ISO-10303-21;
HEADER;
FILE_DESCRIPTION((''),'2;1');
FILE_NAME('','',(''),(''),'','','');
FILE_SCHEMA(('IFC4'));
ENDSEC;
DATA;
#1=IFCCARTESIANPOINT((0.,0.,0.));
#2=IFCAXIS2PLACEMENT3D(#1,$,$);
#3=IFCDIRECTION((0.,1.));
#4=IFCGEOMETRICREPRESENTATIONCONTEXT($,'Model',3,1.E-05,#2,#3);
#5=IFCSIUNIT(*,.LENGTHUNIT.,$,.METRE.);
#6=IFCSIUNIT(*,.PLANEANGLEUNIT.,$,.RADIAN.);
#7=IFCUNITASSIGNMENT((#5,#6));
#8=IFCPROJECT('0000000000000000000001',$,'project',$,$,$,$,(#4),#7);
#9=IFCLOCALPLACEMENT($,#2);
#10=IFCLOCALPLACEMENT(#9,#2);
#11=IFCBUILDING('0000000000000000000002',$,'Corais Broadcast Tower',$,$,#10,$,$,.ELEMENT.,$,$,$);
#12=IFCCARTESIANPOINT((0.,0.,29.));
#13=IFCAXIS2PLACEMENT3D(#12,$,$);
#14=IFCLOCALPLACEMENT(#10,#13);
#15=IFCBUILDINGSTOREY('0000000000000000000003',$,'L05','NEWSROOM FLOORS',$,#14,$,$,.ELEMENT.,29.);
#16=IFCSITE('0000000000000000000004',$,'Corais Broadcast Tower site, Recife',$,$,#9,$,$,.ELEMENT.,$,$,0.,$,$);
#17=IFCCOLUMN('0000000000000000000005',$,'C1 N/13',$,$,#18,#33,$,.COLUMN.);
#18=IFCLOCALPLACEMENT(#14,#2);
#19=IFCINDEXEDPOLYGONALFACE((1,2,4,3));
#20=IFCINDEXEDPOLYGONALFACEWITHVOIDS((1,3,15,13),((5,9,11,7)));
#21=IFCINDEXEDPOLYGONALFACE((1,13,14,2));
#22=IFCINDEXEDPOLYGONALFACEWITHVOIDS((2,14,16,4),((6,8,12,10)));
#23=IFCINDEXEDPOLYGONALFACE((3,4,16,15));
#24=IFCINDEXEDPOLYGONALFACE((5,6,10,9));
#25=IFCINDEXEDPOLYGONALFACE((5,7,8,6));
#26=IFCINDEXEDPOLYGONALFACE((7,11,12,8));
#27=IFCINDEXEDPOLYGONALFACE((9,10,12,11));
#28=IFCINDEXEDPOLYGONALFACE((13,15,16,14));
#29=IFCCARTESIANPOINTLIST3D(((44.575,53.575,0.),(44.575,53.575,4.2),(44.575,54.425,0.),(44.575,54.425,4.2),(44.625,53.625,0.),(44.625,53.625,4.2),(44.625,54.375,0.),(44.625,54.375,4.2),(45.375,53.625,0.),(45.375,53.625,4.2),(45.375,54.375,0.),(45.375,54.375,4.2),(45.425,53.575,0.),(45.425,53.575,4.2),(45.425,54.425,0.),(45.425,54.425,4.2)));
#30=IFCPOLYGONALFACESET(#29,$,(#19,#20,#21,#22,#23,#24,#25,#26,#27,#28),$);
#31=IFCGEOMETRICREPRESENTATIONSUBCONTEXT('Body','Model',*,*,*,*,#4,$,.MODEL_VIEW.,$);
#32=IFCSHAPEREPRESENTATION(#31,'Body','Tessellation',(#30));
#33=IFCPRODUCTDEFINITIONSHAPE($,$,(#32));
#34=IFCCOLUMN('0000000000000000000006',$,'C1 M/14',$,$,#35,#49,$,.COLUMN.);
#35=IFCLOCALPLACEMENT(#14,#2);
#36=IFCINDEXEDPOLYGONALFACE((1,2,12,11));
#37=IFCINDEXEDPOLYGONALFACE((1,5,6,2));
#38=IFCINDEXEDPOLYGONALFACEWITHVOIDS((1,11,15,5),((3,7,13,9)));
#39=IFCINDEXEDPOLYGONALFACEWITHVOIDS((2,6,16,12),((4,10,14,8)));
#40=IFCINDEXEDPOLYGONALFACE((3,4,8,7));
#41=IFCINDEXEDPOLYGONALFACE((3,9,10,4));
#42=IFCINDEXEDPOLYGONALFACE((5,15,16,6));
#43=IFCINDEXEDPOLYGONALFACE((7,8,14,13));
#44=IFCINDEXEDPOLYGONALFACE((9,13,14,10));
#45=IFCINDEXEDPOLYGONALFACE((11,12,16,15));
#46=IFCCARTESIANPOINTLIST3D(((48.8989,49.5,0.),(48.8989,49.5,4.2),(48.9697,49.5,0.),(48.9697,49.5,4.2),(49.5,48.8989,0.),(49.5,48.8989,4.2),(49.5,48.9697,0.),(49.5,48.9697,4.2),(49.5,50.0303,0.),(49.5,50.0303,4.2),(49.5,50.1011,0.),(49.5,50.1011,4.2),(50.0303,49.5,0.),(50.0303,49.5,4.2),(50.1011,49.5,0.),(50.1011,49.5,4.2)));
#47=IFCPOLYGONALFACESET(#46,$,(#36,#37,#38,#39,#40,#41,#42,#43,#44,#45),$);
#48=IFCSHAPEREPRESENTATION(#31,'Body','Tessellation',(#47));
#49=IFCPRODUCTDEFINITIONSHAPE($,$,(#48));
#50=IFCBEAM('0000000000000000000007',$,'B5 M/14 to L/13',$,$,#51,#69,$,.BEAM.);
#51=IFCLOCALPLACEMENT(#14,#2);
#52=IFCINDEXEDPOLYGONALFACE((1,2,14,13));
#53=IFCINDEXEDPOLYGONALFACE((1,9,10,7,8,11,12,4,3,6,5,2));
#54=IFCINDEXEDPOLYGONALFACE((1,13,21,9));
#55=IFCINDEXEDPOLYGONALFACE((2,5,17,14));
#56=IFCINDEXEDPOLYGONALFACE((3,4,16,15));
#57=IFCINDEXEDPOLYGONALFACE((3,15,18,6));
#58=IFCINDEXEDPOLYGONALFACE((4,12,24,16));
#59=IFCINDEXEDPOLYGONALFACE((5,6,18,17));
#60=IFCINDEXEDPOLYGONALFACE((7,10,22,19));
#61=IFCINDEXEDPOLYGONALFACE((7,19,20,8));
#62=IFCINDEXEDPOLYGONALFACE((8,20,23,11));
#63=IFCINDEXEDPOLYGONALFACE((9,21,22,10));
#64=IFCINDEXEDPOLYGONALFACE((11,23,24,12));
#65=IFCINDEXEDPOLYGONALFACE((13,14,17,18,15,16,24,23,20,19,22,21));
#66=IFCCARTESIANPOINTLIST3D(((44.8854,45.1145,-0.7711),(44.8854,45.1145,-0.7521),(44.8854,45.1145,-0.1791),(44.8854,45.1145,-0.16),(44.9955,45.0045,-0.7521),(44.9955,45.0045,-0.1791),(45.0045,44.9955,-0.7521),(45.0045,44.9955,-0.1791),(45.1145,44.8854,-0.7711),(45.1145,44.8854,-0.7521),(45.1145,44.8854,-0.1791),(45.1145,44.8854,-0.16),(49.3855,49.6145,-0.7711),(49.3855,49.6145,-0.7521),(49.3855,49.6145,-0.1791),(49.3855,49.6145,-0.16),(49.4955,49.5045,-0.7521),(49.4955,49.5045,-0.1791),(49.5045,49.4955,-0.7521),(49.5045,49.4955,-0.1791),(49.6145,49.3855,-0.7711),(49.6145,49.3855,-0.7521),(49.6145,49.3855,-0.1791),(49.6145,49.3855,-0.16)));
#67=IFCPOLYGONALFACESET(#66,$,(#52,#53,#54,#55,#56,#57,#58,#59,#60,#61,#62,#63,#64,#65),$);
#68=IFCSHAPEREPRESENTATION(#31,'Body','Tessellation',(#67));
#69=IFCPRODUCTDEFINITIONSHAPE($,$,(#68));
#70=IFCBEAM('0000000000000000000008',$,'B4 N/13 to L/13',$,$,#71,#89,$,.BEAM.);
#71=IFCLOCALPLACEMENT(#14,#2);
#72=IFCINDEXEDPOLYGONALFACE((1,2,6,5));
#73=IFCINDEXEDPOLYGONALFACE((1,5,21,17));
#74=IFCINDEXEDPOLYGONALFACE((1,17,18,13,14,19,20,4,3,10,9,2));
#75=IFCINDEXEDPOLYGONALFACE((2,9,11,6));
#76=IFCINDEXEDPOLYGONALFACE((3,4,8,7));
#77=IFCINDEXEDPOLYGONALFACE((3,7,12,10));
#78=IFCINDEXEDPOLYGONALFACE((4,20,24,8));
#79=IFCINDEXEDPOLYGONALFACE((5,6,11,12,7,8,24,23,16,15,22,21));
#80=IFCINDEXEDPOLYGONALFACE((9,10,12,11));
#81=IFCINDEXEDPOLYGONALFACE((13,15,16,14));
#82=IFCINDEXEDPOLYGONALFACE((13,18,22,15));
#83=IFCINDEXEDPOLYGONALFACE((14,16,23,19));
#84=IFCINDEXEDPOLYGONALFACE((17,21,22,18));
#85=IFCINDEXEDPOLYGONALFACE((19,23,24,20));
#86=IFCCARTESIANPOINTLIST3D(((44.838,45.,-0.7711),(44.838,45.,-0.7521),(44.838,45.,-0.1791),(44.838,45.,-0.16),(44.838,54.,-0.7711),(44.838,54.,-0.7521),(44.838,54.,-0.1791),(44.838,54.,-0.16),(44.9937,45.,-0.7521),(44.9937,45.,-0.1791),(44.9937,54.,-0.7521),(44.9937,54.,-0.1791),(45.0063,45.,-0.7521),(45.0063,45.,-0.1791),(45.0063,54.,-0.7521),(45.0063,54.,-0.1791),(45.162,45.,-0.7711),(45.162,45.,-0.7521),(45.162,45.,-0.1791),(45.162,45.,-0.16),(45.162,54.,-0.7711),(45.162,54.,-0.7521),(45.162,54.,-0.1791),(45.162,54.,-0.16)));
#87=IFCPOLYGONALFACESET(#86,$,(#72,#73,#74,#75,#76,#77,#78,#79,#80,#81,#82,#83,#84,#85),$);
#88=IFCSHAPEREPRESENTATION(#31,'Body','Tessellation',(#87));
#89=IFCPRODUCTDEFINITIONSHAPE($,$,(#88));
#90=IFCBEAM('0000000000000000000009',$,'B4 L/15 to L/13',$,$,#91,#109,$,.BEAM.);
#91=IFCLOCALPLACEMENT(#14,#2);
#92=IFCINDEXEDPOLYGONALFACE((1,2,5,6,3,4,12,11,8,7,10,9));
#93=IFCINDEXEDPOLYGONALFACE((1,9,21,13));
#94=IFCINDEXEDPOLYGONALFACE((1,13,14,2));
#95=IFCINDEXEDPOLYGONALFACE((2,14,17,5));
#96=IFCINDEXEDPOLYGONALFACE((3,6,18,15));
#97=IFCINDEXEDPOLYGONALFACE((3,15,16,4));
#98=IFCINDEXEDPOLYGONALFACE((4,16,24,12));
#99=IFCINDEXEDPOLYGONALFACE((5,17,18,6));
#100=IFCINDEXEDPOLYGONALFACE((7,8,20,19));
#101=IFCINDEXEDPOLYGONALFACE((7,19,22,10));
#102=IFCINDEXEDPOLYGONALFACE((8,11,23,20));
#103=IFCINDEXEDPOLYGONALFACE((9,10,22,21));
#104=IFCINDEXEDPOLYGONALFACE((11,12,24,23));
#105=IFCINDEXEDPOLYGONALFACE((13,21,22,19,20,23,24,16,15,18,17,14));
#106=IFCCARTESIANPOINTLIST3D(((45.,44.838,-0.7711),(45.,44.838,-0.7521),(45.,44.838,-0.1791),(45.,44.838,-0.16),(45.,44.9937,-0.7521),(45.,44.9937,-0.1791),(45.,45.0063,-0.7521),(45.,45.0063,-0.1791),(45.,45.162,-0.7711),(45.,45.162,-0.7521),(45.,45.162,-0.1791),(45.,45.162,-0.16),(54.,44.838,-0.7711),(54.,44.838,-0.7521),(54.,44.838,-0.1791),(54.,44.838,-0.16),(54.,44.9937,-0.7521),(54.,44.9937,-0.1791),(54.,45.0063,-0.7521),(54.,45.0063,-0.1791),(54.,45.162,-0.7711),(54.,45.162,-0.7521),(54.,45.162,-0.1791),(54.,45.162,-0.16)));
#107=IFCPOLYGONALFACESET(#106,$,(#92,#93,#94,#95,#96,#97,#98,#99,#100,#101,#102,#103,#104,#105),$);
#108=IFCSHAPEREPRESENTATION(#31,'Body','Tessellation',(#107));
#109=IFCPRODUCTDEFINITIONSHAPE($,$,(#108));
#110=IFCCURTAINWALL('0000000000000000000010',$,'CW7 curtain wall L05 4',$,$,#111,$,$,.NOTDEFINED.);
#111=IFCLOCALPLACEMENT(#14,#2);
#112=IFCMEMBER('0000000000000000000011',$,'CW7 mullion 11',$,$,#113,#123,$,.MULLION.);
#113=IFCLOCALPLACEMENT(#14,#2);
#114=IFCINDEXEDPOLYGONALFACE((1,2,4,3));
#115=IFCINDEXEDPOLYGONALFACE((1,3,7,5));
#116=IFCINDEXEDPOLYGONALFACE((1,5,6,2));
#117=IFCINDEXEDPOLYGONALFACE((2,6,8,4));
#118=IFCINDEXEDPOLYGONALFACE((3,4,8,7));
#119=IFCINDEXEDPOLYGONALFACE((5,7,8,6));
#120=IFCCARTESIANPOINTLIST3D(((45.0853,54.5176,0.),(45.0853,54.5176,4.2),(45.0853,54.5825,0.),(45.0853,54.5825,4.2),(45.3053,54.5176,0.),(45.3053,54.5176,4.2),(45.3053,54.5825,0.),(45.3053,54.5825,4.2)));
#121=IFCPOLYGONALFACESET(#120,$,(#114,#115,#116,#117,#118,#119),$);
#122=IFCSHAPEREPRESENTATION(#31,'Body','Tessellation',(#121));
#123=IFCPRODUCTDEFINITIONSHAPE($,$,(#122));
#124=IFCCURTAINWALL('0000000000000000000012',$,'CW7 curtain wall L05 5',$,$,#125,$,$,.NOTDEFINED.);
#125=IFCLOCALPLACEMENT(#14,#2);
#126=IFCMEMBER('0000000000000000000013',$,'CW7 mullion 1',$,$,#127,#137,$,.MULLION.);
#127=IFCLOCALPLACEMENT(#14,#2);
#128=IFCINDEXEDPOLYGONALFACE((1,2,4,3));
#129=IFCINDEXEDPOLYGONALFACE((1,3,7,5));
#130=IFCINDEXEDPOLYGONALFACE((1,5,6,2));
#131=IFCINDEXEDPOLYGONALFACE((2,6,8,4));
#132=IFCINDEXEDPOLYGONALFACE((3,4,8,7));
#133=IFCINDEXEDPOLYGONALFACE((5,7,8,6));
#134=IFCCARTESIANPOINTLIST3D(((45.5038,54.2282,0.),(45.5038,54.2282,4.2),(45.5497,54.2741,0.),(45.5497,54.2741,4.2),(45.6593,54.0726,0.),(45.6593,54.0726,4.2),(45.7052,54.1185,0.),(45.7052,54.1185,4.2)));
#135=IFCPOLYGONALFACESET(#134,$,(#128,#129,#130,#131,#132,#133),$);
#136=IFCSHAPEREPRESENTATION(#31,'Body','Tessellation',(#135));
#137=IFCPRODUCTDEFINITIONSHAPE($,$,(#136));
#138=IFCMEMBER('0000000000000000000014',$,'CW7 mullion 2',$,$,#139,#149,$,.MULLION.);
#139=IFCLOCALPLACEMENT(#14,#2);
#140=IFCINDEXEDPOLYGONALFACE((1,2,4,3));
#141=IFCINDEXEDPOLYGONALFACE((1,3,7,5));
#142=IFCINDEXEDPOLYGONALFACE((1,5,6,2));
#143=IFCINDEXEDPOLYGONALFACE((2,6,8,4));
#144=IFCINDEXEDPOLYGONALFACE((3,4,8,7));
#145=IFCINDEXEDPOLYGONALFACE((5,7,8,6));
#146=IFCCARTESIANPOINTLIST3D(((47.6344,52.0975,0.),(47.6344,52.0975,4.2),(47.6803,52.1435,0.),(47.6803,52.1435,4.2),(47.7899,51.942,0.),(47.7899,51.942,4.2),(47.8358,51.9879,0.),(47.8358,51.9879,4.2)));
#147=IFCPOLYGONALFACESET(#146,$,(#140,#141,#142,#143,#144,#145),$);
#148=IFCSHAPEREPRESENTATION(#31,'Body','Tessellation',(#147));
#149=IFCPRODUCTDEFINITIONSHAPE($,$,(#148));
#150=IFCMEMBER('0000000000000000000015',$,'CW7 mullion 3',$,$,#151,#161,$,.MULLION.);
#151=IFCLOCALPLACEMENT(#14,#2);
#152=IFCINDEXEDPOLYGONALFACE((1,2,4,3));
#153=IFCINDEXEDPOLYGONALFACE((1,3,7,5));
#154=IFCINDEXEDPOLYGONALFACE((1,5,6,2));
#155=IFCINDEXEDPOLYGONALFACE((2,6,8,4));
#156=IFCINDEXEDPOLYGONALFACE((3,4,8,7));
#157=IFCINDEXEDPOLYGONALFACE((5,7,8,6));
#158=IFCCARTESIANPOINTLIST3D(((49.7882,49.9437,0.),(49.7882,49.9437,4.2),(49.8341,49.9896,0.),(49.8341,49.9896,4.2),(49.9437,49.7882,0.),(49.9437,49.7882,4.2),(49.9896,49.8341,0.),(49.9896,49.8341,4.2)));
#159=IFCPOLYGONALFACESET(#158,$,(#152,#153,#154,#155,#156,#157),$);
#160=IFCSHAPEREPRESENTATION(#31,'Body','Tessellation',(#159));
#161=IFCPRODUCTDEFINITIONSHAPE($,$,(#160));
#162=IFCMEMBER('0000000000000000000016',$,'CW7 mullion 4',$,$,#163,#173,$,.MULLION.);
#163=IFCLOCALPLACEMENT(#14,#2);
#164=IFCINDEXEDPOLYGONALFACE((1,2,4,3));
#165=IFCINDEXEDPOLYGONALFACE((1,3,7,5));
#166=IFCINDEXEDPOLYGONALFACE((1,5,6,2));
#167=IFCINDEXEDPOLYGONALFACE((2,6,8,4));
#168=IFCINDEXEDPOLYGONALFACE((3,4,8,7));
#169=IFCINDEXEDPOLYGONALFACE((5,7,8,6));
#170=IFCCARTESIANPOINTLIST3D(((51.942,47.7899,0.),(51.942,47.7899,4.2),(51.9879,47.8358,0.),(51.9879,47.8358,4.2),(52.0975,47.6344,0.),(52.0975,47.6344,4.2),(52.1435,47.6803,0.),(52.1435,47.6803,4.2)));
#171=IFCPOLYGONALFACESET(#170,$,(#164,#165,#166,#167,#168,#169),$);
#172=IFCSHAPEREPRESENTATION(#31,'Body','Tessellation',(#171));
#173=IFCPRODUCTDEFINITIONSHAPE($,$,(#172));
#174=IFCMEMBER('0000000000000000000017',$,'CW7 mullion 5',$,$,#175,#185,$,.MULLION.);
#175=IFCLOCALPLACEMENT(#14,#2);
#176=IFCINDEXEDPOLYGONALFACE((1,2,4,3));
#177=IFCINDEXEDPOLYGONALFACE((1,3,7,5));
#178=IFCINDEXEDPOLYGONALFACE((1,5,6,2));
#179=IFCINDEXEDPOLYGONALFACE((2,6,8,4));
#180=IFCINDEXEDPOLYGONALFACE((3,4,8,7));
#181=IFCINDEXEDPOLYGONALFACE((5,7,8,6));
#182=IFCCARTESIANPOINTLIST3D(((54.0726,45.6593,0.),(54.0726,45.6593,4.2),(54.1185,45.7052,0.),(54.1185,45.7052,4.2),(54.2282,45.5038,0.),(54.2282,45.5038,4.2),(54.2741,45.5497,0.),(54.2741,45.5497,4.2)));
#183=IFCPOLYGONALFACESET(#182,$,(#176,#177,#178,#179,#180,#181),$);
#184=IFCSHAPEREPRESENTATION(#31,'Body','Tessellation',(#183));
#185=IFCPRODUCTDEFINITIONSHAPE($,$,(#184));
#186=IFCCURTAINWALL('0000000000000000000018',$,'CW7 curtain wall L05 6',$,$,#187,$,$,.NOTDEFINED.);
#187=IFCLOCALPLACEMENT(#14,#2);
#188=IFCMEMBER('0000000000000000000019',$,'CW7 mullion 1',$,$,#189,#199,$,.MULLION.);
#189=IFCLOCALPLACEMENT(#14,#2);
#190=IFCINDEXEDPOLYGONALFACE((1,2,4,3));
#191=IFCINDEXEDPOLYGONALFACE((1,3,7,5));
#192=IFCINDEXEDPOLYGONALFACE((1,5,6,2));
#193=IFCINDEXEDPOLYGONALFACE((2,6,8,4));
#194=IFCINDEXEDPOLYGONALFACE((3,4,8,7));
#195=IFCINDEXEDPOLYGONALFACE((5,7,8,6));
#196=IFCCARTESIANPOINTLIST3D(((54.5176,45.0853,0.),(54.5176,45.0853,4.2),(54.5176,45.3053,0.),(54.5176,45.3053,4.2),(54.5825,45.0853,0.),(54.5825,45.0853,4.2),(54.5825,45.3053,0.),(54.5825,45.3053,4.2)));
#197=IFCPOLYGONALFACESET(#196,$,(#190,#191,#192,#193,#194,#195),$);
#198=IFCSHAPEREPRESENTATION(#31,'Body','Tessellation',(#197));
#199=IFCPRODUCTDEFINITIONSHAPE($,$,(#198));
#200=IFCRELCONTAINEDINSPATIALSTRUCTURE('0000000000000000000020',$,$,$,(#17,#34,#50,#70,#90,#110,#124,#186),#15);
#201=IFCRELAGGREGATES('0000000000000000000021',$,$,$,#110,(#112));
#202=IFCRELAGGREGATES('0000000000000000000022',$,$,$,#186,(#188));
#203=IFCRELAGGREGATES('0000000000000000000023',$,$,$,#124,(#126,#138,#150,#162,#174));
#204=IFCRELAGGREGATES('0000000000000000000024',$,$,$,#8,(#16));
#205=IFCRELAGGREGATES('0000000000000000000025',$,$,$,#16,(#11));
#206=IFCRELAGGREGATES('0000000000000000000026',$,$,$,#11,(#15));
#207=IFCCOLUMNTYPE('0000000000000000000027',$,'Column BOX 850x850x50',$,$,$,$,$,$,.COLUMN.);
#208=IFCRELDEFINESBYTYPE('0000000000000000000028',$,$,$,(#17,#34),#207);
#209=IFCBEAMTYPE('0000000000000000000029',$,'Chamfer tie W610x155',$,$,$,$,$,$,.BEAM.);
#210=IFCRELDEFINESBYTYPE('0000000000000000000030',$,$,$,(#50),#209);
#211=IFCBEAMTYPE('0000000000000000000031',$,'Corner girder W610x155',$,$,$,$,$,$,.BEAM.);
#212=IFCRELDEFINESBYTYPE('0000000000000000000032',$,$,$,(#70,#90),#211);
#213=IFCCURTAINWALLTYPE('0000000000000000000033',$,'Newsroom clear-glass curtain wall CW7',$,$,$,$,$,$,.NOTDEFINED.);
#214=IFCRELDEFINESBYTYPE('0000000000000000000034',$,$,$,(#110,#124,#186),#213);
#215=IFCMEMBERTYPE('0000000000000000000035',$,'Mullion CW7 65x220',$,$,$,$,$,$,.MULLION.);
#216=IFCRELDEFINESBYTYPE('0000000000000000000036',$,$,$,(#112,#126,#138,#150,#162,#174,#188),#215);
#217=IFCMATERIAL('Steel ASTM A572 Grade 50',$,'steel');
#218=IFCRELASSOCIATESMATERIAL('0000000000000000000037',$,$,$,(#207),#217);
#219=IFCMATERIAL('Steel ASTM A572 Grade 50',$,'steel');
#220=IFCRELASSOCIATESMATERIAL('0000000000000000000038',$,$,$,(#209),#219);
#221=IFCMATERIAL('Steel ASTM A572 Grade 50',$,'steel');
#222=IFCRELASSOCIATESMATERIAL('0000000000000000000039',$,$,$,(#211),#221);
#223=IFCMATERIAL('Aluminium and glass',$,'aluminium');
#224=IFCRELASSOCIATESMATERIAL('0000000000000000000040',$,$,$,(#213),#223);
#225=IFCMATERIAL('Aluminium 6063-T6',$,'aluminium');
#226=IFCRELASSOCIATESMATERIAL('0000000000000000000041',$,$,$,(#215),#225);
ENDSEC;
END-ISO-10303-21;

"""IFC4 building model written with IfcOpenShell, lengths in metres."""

from ifc_helpers import new_model, si_unit, direction, frame, origin, origin_2d, place, context, subcontext, project, spatial, rectangle, hollow_rectangle, i_section, extrude, material, material_profile, profile_set, type_object, element, aggregate, save


model = new_model("IFC4")

# Units and contexts
model_context = context("Model", 3, precision=1e-05, world=origin(), true_north=direction((0.0, 1.0)))
body_context = subcontext(model_context, "Body", "Model", "MODEL_VIEW")
ifc_project = project(units=[si_unit("LENGTHUNIT", "METRE"), si_unit("PLANEANGLEUNIT", "RADIAN")], contexts=[model_context])

# Site, building, storey
site_placement = place(None, origin())
site = spatial("IfcSite", under=ifc_project, at=site_placement, Name="Corais Broadcast Tower site, Recife", CompositionType="ELEMENT", RefElevation=0.0)
building_placement = place(site_placement, origin())
building = spatial("IfcBuilding", under=site, at=building_placement, Name="Corais Broadcast Tower", CompositionType="ELEMENT")
storey_placement = place(building_placement, frame((0.0, 0.0, 29.0)))
storey = spatial("IfcBuildingStorey", under=building, at=storey_placement, Name="L05", Description="NEWSROOM FLOORS", CompositionType="ELEMENT", Elevation=29.0)

# Columns
ifc_material_1 = material(Name="Steel ASTM A572 Grade 50", Category="steel")
ifc_material_profile_1 = material_profile(ifc_material_1, hollow_rectangle(XDim=0.8501, YDim=0.8501, WallThickness=0.05, at=origin_2d()), Name="BOX 850x850x50")
ifc_profile_set_1 = profile_set([ifc_material_profile_1], Name="Steel ASTM A572 Grade 50")
column_type = type_object("IfcColumnType", Name="Column BOX 850x850x50", PredefinedType="COLUMN", material=ifc_profile_set_1)
for number, where, z_axis, x_axis, name in (
    (1, (45.0, 54.0, 0.0), (0.0, 0.0, 1.0), (1.0, 0.0, 0.0), "C1 N/13"),
    (2, (49.5, 49.5, 0.0), (0.0, 0.0, 1.0), (0.707107, 0.707107, 0.0), "C1 M/14"),
):
    element("IfcColumn", number, at=place(storey_placement, frame(where, z_axis=z_axis, x_axis=x_axis)), inside=storey, type_object=column_type, Name=name, PredefinedType="COLUMN", context=body_context, shape_type="SweptSolid", body=[
        extrude(hollow_rectangle(XDim=0.8501, YDim=0.8501, WallThickness=0.05, at=origin_2d()), origin(), (0.0, 0.0, 1.0), 4.2),
    ])

# Beams
ifc_material_2 = material(Name="Steel ASTM A572 Grade 50", Category="steel")
ifc_material_profile_2 = material_profile(ifc_material_2, i_section(OverallWidth=0.324, OverallDepth=0.6111, WebThickness=0.0127, FlangeThickness=0.019, at=origin_2d()), Name="W610x155")
ifc_profile_set_2 = profile_set([ifc_material_profile_2], Name="Steel ASTM A572 Grade 50")
beam_type_1 = type_object("IfcBeamType", Name="Chamfer tie W610x155", PredefinedType="BEAM", material=ifc_profile_set_2)
beam_1_placement = place(storey_placement, frame((49.5, 49.5, -0.4656), z_axis=(-0.707107, -0.707107, 0.0), x_axis=(0.707107, -0.707107, 0.0)))
element("IfcBeam", 3, at=beam_1_placement, inside=storey, type_object=beam_type_1, Name="B5 M/14 to L/13", PredefinedType="BEAM", context=body_context, shape_type="SweptSolid", body=[
    extrude(i_section(OverallWidth=0.324, OverallDepth=0.6111, WebThickness=0.0127, FlangeThickness=0.019, at=origin_2d()), origin(), (0.0, 0.0, 1.0), 6.364),
])
ifc_material_3 = material(Name="Steel ASTM A572 Grade 50", Category="steel")
ifc_material_profile_3 = material_profile(ifc_material_3, i_section(OverallWidth=0.324, OverallDepth=0.6111, WebThickness=0.0127, FlangeThickness=0.019, at=origin_2d()), Name="W610x155")
ifc_profile_set_3 = profile_set([ifc_material_profile_3], Name="Steel ASTM A572 Grade 50")
beam_type_2 = type_object("IfcBeamType", Name="Corner girder W610x155", PredefinedType="BEAM", material=ifc_profile_set_3)
for number, where, z_axis, x_axis, name in (
    (4, (45.0, 54.0, -0.4656), (0.0, -1.0, 0.0), (1.0, 0.0, 0.0), "B4 N/13 to L/13"),
    (5, (54.0, 45.0, -0.4656), (-1.0, 0.0, 0.0), (0.0, -1.0, 0.0), "B4 L/15 to L/13"),
):
    element("IfcBeam", number, at=place(storey_placement, frame(where, z_axis=z_axis, x_axis=x_axis)), inside=storey, type_object=beam_type_2, Name=name, PredefinedType="BEAM", context=body_context, shape_type="SweptSolid", body=[
        extrude(i_section(OverallWidth=0.324, OverallDepth=0.6111, WebThickness=0.0127, FlangeThickness=0.019, at=origin_2d()), origin(), (0.0, 0.0, 1.0), 9.0),
    ])

# Curtain wall, member
ifc_material_4 = material(Name="Aluminium and glass", Category="aluminium")
curtain_wall_type = type_object("IfcCurtainWallType", Name="Newsroom clear-glass curtain wall CW7", PredefinedType="NOTDEFINED", material=ifc_material_4)
curtain_wall_1_placement = place(storey_placement, origin())
curtain_wall_1 = element("IfcCurtainWall", 6, at=curtain_wall_1_placement, inside=storey, type_object=curtain_wall_type, Name="CW7 curtain wall L05 4", PredefinedType="NOTDEFINED")
ifc_material_5 = material(Name="Aluminium 6063-T6", Category="aluminium")
ifc_material_profile_4 = material_profile(ifc_material_5, rectangle(XDim=0.0649, YDim=0.22, at=origin_2d()), Name="Mullion CW7 65x220")
ifc_profile_set_4 = profile_set([ifc_material_profile_4], Name="Aluminium 6063-T6")
member_type_1 = type_object("IfcMemberType", Name="Mullion CW7 65x220", PredefinedType="MULLION", material=ifc_profile_set_4)
member_1_placement = place(storey_placement, frame((45.1953, 54.55, 0.0), z_axis=(0.0, 0.0, 1.0), x_axis=(0.0, 1.0, 0.0)))
member_1 = element("IfcMember", 7, at=member_1_placement, type_object=member_type_1, Name="CW7 mullion 11", PredefinedType="MULLION", context=body_context, shape_type="SweptSolid", body=[
    extrude(rectangle(XDim=0.0649, YDim=0.22, at=origin_2d()), origin(), (0.0, 0.0, 1.0), 4.2),
])
aggregate(curtain_wall_1, [member_1])

# Curtain wall, members
curtain_wall_2_placement = place(storey_placement, origin())
curtain_wall_2 = element("IfcCurtainWall", 8, at=curtain_wall_2_placement, inside=storey, type_object=curtain_wall_type, Name="CW7 curtain wall L05 5", PredefinedType="NOTDEFINED")
member_2_placement = place(storey_placement, frame((45.6045, 54.1733, 0.0), z_axis=(0.0, 0.0, 1.0), x_axis=(0.707107, 0.707107, 0.0)))
member_2 = element("IfcMember", 9, at=member_2_placement, type_object=member_type_1, Name="CW7 mullion 1", PredefinedType="MULLION", context=body_context, shape_type="SweptSolid", body=[
    extrude(rectangle(XDim=0.0649, YDim=0.22, at=origin_2d()), origin(), (0.0, 0.0, 1.0), 4.2),
])
member_3_placement = place(storey_placement, frame((47.7351, 52.0427, 0.0), z_axis=(0.0, 0.0, 1.0), x_axis=(0.707107, 0.707107, 0.0)))
member_3 = element("IfcMember", 10, at=member_3_placement, type_object=member_type_1, Name="CW7 mullion 2", PredefinedType="MULLION", context=body_context, shape_type="SweptSolid", body=[
    extrude(rectangle(XDim=0.0649, YDim=0.22, at=origin_2d()), origin(), (0.0, 0.0, 1.0), 4.2),
])
member_4_placement = place(storey_placement, frame((49.8889, 49.8889, 0.0), z_axis=(0.0, 0.0, 1.0), x_axis=(0.707107, 0.707107, 0.0)))
member_4 = element("IfcMember", 11, at=member_4_placement, type_object=member_type_1, Name="CW7 mullion 3", PredefinedType="MULLION", context=body_context, shape_type="SweptSolid", body=[
    extrude(rectangle(XDim=0.0649, YDim=0.22, at=origin_2d()), origin(), (0.0, 0.0, 1.0), 4.2),
])
member_5_placement = place(storey_placement, frame((52.0427, 47.7351, 0.0), z_axis=(0.0, 0.0, 1.0), x_axis=(0.707107, 0.707107, 0.0)))
member_5 = element("IfcMember", 12, at=member_5_placement, type_object=member_type_1, Name="CW7 mullion 4", PredefinedType="MULLION", context=body_context, shape_type="SweptSolid", body=[
    extrude(rectangle(XDim=0.0649, YDim=0.22, at=origin_2d()), origin(), (0.0, 0.0, 1.0), 4.2),
])
member_6_placement = place(storey_placement, frame((54.1733, 45.6045, 0.0), z_axis=(0.0, 0.0, 1.0), x_axis=(0.707107, 0.707107, 0.0)))
member_6 = element("IfcMember", 13, at=member_6_placement, type_object=member_type_1, Name="CW7 mullion 5", PredefinedType="MULLION", context=body_context, shape_type="SweptSolid", body=[
    extrude(rectangle(XDim=0.0649, YDim=0.22, at=origin_2d()), origin(), (0.0, 0.0, 1.0), 4.2),
])

# Curtain wall, member
curtain_wall_3_placement = place(storey_placement, origin())
curtain_wall_3 = element("IfcCurtainWall", 14, at=curtain_wall_3_placement, inside=storey, type_object=curtain_wall_type, Name="CW7 curtain wall L05 6", PredefinedType="NOTDEFINED")
member_7_placement = place(storey_placement, frame((54.55, 45.1953, 0.0), z_axis=(0.0, 0.0, 1.0), x_axis=(1.0, 0.0, 0.0)))
member_7 = element("IfcMember", 15, at=member_7_placement, type_object=member_type_1, Name="CW7 mullion 1", PredefinedType="MULLION", context=body_context, shape_type="SweptSolid", body=[
    extrude(rectangle(XDim=0.0649, YDim=0.22, at=origin_2d()), origin(), (0.0, 0.0, 1.0), 4.2),
])

aggregate(curtain_wall_3, [member_7])

aggregate(curtain_wall_2, [member_2, member_3, member_4, member_5, member_6])

save(model, "model.ifc")
